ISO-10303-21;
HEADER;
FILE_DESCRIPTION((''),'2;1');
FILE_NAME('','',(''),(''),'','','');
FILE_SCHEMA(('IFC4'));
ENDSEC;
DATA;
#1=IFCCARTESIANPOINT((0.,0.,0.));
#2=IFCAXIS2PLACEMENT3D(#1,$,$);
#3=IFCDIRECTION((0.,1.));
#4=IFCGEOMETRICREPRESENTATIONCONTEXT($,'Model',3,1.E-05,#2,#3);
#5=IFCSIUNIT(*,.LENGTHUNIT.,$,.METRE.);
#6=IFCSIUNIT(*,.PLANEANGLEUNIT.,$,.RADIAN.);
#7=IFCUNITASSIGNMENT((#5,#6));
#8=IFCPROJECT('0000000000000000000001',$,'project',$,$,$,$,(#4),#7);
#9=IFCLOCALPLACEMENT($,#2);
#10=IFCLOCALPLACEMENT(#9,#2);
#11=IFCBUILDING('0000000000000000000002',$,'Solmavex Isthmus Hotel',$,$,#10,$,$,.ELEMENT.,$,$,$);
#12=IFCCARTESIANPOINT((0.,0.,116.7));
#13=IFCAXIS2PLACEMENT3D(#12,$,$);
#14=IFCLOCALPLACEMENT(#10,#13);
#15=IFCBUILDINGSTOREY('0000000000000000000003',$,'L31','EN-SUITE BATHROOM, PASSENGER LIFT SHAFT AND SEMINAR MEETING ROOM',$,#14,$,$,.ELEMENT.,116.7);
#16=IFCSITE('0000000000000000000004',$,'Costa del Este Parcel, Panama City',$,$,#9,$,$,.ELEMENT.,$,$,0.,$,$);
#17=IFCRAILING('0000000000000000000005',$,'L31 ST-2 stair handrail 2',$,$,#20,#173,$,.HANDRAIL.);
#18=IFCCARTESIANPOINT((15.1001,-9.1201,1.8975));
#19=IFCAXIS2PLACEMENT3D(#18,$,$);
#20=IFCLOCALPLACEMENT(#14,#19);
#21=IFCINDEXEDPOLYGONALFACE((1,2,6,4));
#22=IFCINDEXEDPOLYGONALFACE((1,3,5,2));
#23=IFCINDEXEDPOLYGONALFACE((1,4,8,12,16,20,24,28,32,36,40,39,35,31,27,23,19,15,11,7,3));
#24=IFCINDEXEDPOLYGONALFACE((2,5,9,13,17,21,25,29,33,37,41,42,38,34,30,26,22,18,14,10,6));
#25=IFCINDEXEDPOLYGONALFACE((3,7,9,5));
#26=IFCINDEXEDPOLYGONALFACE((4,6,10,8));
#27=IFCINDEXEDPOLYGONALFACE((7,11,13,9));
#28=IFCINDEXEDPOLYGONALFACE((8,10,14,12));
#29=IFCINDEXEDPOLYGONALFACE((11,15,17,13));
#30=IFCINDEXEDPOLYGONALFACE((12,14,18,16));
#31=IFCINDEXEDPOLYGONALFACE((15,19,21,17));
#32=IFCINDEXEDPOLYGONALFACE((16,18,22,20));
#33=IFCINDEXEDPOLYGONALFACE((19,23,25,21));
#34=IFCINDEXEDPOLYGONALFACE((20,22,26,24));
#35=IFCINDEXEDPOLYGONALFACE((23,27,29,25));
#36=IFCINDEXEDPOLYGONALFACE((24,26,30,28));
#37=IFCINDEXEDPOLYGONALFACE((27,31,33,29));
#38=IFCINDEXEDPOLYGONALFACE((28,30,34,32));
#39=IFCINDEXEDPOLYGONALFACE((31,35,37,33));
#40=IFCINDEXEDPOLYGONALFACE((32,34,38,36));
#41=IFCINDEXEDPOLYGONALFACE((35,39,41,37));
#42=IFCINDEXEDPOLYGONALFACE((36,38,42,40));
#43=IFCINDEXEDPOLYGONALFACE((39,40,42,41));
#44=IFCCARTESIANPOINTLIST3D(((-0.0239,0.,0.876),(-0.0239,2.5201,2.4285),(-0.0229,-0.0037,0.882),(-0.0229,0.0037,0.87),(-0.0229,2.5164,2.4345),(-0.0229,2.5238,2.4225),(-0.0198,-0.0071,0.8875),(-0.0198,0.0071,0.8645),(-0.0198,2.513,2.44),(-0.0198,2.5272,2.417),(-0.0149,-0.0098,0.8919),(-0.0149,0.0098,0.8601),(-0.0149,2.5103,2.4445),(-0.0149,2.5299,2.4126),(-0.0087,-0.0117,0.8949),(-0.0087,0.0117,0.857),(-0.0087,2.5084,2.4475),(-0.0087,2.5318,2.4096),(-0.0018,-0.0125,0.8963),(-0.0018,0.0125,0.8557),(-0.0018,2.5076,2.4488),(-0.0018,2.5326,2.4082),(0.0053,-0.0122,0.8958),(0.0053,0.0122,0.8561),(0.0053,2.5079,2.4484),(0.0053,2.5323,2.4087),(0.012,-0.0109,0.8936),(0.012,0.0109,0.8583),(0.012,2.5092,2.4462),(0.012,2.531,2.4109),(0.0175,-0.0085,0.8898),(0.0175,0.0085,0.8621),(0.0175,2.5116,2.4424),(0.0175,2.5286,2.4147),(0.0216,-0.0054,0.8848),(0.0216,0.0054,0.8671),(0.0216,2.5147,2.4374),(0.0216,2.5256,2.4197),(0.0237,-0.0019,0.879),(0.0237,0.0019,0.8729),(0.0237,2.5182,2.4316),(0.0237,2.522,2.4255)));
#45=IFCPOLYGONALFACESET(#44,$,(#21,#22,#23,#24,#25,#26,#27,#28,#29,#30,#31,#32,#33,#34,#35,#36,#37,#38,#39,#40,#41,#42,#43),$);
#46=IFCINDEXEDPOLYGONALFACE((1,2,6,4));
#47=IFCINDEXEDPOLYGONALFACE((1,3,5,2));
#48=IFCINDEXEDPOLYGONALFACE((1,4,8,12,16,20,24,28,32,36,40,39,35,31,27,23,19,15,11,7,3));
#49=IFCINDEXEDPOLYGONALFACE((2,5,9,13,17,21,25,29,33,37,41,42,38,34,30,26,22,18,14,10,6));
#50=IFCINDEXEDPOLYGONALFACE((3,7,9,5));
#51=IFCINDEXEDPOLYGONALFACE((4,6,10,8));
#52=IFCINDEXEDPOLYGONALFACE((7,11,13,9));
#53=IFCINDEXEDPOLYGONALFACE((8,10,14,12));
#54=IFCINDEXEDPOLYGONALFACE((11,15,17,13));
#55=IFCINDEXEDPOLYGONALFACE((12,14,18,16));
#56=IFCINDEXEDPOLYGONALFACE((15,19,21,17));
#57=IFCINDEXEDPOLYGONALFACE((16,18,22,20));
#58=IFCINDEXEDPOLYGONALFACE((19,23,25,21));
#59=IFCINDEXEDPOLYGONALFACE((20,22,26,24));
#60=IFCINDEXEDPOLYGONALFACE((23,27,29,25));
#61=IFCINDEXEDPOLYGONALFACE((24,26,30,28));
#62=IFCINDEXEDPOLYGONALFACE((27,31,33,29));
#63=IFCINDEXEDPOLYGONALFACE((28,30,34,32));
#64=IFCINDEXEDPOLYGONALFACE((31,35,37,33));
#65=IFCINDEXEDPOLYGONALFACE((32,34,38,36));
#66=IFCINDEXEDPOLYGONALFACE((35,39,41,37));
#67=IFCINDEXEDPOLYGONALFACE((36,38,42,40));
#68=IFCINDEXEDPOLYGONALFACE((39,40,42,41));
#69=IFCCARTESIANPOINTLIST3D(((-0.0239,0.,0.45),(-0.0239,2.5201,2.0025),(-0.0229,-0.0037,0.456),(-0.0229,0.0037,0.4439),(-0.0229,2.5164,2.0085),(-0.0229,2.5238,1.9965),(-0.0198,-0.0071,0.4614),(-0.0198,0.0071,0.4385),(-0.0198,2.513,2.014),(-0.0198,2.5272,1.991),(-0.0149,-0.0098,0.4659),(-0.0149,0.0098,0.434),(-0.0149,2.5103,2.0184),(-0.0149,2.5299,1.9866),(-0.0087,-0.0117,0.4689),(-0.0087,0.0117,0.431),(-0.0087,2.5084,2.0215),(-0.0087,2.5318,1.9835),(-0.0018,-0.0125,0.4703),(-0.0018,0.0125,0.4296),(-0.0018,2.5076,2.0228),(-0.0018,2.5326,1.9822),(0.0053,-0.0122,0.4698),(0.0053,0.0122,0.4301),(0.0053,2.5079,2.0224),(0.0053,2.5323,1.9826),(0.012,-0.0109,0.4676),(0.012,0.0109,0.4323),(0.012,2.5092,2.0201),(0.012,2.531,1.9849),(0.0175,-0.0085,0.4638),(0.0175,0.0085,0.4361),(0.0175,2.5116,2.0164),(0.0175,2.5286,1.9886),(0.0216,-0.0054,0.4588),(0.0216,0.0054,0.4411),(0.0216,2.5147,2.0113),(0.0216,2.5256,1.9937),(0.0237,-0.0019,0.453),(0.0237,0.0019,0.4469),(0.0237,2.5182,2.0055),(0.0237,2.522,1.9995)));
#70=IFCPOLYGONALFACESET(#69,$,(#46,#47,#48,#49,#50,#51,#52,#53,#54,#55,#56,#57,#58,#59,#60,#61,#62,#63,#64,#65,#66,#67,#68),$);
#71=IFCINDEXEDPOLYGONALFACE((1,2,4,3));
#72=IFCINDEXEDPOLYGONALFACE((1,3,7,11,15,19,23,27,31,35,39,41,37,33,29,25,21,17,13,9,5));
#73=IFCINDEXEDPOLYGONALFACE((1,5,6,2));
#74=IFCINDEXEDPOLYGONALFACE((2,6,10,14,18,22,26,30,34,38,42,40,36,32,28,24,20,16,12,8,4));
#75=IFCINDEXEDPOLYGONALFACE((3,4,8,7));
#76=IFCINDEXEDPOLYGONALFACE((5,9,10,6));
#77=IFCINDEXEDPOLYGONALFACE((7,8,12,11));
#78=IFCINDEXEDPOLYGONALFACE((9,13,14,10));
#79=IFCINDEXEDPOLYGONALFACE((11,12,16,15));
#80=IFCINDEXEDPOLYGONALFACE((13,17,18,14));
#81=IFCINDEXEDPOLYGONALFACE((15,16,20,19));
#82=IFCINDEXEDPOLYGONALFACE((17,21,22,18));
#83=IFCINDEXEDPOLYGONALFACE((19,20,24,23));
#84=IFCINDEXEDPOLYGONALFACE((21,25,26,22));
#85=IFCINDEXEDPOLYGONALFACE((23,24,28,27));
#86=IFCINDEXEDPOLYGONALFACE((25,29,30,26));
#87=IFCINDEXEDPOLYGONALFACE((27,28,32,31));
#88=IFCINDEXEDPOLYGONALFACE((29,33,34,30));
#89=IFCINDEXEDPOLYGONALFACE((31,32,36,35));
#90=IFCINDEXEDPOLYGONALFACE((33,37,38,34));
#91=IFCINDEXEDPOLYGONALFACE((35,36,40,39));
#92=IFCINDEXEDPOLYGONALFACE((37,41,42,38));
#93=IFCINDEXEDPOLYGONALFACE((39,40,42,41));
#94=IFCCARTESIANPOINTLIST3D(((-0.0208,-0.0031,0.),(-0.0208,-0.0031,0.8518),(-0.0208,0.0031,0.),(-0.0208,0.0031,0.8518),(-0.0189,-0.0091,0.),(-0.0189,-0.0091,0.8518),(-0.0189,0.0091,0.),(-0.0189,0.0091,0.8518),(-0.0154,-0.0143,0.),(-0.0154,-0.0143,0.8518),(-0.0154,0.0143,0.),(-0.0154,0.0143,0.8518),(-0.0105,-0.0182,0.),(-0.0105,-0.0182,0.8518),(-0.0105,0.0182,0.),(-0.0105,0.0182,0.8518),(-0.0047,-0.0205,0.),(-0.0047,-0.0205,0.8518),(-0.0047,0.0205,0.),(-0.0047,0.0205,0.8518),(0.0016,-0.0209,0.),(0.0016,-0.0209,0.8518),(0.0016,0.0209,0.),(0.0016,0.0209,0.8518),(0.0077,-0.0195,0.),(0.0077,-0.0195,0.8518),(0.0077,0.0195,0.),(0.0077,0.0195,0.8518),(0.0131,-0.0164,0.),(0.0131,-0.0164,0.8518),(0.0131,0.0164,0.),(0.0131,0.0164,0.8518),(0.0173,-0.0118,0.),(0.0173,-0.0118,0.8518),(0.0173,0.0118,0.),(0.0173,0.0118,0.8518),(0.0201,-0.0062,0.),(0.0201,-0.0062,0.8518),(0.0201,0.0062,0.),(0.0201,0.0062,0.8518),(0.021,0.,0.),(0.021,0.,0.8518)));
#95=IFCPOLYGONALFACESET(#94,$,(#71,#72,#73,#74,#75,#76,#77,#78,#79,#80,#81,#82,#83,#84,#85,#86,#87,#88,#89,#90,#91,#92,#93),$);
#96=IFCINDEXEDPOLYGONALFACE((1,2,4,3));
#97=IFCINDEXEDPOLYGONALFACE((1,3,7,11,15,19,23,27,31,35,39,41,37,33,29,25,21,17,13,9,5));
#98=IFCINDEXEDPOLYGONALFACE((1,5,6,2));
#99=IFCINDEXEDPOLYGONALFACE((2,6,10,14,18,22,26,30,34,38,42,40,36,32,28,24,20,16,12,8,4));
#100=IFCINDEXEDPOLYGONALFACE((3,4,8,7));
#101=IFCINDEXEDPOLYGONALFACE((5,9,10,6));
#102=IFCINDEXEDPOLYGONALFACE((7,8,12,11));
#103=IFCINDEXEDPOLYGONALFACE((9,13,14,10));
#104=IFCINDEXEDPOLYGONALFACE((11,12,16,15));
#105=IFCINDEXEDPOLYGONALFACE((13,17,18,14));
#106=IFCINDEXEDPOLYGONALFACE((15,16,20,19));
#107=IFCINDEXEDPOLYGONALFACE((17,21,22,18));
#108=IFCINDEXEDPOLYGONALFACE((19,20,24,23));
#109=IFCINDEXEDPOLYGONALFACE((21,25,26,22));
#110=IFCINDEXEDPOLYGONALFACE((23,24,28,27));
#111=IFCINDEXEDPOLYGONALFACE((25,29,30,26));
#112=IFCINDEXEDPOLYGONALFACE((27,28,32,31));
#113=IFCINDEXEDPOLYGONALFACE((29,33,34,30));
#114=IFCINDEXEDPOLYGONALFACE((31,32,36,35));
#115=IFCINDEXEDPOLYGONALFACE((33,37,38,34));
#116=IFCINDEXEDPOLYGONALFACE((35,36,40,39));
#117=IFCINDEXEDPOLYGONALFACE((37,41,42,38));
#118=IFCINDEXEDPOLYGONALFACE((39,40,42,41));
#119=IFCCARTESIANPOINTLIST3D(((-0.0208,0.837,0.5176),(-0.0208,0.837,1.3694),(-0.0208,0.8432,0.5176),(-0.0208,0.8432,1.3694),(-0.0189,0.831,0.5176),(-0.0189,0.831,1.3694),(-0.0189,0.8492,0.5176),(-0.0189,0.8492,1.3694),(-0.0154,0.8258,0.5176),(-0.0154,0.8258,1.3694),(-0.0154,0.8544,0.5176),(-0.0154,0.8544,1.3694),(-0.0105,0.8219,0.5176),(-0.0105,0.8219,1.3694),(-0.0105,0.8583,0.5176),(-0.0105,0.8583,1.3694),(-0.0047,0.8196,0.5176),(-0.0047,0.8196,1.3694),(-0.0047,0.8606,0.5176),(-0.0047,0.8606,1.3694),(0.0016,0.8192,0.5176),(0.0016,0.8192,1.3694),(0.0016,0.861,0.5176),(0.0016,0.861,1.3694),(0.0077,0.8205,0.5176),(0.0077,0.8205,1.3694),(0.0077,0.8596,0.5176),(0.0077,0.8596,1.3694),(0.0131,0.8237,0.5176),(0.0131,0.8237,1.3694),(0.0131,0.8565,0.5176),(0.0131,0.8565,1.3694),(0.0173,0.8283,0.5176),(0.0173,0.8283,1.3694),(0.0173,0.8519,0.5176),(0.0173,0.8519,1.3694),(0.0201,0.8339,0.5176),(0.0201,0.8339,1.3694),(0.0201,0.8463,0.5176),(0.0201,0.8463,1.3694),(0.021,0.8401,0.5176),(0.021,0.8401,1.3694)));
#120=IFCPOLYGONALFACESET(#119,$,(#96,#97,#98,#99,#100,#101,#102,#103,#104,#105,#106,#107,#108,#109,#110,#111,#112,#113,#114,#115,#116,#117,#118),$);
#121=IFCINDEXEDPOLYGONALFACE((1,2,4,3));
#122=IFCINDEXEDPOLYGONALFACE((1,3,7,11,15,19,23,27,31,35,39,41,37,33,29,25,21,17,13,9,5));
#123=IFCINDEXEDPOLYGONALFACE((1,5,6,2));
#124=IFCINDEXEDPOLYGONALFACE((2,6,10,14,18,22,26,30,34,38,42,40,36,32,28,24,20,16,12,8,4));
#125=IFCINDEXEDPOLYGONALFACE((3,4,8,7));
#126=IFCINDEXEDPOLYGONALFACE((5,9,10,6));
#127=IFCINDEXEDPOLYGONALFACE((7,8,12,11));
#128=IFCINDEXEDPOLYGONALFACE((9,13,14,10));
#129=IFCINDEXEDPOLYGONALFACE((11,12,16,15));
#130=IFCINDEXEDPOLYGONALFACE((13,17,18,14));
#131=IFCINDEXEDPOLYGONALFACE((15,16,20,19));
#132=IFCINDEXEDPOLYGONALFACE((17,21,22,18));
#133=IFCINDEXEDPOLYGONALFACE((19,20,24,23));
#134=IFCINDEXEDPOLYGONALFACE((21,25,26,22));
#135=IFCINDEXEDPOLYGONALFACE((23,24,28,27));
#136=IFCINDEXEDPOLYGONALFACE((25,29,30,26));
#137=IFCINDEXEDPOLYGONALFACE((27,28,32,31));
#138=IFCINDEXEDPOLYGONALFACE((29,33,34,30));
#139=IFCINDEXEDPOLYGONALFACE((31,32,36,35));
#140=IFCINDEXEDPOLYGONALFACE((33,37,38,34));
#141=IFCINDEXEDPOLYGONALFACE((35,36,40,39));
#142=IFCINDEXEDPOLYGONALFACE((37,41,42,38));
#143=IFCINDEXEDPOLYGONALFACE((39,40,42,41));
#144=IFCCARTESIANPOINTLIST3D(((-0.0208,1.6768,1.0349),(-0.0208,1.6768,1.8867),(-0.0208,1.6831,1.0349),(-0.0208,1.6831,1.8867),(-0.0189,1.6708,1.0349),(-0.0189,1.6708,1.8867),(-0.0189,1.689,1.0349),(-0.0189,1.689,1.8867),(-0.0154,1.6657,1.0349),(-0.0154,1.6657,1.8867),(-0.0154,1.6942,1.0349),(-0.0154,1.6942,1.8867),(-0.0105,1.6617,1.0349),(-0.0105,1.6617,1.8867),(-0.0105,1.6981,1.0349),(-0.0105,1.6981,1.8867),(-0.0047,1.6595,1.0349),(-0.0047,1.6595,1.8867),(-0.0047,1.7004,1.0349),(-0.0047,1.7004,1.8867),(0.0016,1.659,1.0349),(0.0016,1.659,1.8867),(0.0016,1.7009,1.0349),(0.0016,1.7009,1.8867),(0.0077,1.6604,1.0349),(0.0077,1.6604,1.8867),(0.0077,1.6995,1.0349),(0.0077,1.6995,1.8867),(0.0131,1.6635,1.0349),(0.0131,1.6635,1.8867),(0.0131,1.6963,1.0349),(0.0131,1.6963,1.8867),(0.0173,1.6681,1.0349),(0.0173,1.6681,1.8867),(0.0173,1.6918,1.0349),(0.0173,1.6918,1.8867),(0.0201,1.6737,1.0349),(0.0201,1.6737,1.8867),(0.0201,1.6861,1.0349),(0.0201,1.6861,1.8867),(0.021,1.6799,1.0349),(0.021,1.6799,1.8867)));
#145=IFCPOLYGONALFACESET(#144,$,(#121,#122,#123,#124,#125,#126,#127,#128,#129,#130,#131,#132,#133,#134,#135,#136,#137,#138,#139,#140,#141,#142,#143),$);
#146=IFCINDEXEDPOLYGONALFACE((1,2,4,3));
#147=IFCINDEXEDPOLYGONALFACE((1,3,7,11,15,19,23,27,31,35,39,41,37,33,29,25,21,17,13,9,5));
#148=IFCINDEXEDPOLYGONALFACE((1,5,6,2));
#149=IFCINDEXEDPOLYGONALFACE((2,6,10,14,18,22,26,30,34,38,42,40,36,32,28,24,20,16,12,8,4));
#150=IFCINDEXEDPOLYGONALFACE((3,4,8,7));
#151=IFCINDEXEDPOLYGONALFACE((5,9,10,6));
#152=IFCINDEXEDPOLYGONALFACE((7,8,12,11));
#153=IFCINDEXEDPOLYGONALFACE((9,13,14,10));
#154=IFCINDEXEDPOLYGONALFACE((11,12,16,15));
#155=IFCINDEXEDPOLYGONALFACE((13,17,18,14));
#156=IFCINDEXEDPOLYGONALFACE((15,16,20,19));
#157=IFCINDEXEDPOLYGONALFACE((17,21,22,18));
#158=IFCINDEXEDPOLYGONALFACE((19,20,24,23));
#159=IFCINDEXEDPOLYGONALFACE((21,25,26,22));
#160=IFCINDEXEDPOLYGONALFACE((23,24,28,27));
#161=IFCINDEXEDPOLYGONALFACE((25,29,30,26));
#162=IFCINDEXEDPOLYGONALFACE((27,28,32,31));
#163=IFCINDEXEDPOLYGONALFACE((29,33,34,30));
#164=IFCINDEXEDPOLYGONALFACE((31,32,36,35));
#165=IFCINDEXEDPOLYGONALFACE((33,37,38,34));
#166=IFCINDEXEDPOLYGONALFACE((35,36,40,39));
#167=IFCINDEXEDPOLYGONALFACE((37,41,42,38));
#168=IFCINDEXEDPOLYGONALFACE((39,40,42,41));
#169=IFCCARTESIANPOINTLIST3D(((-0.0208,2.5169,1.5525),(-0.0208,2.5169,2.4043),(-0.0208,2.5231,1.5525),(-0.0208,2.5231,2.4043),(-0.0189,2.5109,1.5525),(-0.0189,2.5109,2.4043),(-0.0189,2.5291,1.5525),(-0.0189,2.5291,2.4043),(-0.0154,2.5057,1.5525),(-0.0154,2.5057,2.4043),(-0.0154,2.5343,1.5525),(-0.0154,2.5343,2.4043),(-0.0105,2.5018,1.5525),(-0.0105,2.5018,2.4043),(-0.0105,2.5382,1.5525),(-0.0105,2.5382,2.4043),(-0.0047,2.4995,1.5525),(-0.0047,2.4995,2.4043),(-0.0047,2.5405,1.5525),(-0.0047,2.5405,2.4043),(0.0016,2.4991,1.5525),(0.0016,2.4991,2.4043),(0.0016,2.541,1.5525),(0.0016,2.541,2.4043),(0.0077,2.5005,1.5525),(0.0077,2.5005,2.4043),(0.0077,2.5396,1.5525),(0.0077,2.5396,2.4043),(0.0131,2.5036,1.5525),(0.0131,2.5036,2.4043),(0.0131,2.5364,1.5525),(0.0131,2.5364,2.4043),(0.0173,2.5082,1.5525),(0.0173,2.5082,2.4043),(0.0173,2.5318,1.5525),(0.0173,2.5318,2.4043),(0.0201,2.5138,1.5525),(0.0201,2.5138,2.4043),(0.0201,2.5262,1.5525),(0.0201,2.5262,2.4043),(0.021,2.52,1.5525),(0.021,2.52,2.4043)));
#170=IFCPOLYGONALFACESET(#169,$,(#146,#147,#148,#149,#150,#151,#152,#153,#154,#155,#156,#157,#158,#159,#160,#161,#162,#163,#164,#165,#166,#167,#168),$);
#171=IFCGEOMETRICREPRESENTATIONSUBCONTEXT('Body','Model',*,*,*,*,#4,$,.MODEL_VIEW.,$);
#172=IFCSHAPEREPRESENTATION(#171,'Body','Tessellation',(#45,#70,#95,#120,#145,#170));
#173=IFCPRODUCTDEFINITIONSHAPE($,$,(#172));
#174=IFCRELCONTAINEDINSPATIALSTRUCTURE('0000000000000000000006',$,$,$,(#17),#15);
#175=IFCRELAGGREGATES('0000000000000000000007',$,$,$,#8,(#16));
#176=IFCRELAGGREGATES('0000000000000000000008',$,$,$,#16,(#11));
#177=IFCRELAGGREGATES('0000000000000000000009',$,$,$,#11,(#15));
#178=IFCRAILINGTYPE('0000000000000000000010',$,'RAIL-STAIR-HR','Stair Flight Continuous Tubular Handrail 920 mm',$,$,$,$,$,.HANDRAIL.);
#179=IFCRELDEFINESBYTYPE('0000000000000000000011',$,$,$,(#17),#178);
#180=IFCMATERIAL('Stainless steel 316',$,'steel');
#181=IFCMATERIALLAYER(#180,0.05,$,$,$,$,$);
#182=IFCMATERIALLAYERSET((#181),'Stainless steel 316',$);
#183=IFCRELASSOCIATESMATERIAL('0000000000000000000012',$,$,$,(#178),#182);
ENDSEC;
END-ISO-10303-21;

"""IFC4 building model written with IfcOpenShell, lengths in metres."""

from ifc_helpers import new_model, si_unit, direction, frame, origin, origin_2d, place, context, subcontext, project, spatial, circle, extrude, material, layer, layer_set, type_object, element, save


model = new_model("IFC4")

# Units and contexts
model_context = context("Model", 3, precision=1e-05, world=origin(), true_north=direction((0.0, 1.0)))
body_context = subcontext(model_context, "Body", "Model", "MODEL_VIEW")
ifc_project = project(units=[si_unit("LENGTHUNIT", "METRE"), si_unit("PLANEANGLEUNIT", "RADIAN")], contexts=[model_context])

# Site, building, storey
site_placement = place(None, origin())
site = spatial("IfcSite", under=ifc_project, at=site_placement, Name="Costa del Este Parcel, Panama City", CompositionType="ELEMENT", RefElevation=0.0)
building_placement = place(site_placement, origin())
building = spatial("IfcBuilding", under=site, at=building_placement, Name="Solmavex Isthmus Hotel", CompositionType="ELEMENT")
storey_placement = place(building_placement, frame((0.0, 0.0, 116.7)))
storey = spatial("IfcBuildingStorey", under=building, at=storey_placement, Name="L31", Description="EN-SUITE BATHROOM, PASSENGER LIFT SHAFT AND SEMINAR MEETING ROOM", CompositionType="ELEMENT", Elevation=116.7)

# Railing
ifc_material_1 = material(Name="Stainless steel 316", Category="steel")
ifc_layer_1 = layer(ifc_material_1, 0.05)
ifc_layer_set_1 = layer_set([ifc_layer_1], Name="Stainless steel 316")
railing_type_1 = type_object("IfcRailingType", Name="RAIL-STAIR-HR", Description="Stair Flight Continuous Tubular Handrail 920 mm", PredefinedType="HANDRAIL", material=ifc_layer_set_1)
railing_1_placement = place(storey_placement, frame((15.1001, -9.1201, 1.8975)))
element("IfcRailing", 1, at=railing_1_placement, inside=storey, type_object=railing_type_1, Name="L31 ST-2 stair handrail 2", PredefinedType="HANDRAIL", context=body_context, shape_type="SweptSolid", body=[
    extrude(circle(Radius=0.0239, at=origin_2d()), frame((0.0, 0.0, 0.876), z_axis=(0.0, 0.8514, 0.524516), x_axis=(-1.0, 0.0, 0.0)), (0.0, 0.0, 1.0), 2.96),
    extrude(circle(Radius=0.0239, at=origin_2d()), frame((0.0, 0.0, 0.45), z_axis=(0.0, 0.8514, 0.524516), x_axis=(-1.0, 0.0, 0.0)), (0.0, 0.0, 1.0), 2.96),
    extrude(circle(Radius=0.021, at=origin_2d()), origin(), (0.0, 0.0, 1.0), 0.8518),
    extrude(circle(Radius=0.021, at=origin_2d()), frame((0.0, 0.8401, 0.5176)), (0.0, 0.0, 1.0), 0.8518),
    extrude(circle(Radius=0.021, at=origin_2d()), frame((0.0, 1.6799, 1.0349)), (0.0, 0.0, 1.0), 0.8518),
    extrude(circle(Radius=0.021, at=origin_2d()), frame((0.0, 2.52, 1.5525)), (0.0, 0.0, 1.0), 0.8518),
])

save(model, "model.ifc")
